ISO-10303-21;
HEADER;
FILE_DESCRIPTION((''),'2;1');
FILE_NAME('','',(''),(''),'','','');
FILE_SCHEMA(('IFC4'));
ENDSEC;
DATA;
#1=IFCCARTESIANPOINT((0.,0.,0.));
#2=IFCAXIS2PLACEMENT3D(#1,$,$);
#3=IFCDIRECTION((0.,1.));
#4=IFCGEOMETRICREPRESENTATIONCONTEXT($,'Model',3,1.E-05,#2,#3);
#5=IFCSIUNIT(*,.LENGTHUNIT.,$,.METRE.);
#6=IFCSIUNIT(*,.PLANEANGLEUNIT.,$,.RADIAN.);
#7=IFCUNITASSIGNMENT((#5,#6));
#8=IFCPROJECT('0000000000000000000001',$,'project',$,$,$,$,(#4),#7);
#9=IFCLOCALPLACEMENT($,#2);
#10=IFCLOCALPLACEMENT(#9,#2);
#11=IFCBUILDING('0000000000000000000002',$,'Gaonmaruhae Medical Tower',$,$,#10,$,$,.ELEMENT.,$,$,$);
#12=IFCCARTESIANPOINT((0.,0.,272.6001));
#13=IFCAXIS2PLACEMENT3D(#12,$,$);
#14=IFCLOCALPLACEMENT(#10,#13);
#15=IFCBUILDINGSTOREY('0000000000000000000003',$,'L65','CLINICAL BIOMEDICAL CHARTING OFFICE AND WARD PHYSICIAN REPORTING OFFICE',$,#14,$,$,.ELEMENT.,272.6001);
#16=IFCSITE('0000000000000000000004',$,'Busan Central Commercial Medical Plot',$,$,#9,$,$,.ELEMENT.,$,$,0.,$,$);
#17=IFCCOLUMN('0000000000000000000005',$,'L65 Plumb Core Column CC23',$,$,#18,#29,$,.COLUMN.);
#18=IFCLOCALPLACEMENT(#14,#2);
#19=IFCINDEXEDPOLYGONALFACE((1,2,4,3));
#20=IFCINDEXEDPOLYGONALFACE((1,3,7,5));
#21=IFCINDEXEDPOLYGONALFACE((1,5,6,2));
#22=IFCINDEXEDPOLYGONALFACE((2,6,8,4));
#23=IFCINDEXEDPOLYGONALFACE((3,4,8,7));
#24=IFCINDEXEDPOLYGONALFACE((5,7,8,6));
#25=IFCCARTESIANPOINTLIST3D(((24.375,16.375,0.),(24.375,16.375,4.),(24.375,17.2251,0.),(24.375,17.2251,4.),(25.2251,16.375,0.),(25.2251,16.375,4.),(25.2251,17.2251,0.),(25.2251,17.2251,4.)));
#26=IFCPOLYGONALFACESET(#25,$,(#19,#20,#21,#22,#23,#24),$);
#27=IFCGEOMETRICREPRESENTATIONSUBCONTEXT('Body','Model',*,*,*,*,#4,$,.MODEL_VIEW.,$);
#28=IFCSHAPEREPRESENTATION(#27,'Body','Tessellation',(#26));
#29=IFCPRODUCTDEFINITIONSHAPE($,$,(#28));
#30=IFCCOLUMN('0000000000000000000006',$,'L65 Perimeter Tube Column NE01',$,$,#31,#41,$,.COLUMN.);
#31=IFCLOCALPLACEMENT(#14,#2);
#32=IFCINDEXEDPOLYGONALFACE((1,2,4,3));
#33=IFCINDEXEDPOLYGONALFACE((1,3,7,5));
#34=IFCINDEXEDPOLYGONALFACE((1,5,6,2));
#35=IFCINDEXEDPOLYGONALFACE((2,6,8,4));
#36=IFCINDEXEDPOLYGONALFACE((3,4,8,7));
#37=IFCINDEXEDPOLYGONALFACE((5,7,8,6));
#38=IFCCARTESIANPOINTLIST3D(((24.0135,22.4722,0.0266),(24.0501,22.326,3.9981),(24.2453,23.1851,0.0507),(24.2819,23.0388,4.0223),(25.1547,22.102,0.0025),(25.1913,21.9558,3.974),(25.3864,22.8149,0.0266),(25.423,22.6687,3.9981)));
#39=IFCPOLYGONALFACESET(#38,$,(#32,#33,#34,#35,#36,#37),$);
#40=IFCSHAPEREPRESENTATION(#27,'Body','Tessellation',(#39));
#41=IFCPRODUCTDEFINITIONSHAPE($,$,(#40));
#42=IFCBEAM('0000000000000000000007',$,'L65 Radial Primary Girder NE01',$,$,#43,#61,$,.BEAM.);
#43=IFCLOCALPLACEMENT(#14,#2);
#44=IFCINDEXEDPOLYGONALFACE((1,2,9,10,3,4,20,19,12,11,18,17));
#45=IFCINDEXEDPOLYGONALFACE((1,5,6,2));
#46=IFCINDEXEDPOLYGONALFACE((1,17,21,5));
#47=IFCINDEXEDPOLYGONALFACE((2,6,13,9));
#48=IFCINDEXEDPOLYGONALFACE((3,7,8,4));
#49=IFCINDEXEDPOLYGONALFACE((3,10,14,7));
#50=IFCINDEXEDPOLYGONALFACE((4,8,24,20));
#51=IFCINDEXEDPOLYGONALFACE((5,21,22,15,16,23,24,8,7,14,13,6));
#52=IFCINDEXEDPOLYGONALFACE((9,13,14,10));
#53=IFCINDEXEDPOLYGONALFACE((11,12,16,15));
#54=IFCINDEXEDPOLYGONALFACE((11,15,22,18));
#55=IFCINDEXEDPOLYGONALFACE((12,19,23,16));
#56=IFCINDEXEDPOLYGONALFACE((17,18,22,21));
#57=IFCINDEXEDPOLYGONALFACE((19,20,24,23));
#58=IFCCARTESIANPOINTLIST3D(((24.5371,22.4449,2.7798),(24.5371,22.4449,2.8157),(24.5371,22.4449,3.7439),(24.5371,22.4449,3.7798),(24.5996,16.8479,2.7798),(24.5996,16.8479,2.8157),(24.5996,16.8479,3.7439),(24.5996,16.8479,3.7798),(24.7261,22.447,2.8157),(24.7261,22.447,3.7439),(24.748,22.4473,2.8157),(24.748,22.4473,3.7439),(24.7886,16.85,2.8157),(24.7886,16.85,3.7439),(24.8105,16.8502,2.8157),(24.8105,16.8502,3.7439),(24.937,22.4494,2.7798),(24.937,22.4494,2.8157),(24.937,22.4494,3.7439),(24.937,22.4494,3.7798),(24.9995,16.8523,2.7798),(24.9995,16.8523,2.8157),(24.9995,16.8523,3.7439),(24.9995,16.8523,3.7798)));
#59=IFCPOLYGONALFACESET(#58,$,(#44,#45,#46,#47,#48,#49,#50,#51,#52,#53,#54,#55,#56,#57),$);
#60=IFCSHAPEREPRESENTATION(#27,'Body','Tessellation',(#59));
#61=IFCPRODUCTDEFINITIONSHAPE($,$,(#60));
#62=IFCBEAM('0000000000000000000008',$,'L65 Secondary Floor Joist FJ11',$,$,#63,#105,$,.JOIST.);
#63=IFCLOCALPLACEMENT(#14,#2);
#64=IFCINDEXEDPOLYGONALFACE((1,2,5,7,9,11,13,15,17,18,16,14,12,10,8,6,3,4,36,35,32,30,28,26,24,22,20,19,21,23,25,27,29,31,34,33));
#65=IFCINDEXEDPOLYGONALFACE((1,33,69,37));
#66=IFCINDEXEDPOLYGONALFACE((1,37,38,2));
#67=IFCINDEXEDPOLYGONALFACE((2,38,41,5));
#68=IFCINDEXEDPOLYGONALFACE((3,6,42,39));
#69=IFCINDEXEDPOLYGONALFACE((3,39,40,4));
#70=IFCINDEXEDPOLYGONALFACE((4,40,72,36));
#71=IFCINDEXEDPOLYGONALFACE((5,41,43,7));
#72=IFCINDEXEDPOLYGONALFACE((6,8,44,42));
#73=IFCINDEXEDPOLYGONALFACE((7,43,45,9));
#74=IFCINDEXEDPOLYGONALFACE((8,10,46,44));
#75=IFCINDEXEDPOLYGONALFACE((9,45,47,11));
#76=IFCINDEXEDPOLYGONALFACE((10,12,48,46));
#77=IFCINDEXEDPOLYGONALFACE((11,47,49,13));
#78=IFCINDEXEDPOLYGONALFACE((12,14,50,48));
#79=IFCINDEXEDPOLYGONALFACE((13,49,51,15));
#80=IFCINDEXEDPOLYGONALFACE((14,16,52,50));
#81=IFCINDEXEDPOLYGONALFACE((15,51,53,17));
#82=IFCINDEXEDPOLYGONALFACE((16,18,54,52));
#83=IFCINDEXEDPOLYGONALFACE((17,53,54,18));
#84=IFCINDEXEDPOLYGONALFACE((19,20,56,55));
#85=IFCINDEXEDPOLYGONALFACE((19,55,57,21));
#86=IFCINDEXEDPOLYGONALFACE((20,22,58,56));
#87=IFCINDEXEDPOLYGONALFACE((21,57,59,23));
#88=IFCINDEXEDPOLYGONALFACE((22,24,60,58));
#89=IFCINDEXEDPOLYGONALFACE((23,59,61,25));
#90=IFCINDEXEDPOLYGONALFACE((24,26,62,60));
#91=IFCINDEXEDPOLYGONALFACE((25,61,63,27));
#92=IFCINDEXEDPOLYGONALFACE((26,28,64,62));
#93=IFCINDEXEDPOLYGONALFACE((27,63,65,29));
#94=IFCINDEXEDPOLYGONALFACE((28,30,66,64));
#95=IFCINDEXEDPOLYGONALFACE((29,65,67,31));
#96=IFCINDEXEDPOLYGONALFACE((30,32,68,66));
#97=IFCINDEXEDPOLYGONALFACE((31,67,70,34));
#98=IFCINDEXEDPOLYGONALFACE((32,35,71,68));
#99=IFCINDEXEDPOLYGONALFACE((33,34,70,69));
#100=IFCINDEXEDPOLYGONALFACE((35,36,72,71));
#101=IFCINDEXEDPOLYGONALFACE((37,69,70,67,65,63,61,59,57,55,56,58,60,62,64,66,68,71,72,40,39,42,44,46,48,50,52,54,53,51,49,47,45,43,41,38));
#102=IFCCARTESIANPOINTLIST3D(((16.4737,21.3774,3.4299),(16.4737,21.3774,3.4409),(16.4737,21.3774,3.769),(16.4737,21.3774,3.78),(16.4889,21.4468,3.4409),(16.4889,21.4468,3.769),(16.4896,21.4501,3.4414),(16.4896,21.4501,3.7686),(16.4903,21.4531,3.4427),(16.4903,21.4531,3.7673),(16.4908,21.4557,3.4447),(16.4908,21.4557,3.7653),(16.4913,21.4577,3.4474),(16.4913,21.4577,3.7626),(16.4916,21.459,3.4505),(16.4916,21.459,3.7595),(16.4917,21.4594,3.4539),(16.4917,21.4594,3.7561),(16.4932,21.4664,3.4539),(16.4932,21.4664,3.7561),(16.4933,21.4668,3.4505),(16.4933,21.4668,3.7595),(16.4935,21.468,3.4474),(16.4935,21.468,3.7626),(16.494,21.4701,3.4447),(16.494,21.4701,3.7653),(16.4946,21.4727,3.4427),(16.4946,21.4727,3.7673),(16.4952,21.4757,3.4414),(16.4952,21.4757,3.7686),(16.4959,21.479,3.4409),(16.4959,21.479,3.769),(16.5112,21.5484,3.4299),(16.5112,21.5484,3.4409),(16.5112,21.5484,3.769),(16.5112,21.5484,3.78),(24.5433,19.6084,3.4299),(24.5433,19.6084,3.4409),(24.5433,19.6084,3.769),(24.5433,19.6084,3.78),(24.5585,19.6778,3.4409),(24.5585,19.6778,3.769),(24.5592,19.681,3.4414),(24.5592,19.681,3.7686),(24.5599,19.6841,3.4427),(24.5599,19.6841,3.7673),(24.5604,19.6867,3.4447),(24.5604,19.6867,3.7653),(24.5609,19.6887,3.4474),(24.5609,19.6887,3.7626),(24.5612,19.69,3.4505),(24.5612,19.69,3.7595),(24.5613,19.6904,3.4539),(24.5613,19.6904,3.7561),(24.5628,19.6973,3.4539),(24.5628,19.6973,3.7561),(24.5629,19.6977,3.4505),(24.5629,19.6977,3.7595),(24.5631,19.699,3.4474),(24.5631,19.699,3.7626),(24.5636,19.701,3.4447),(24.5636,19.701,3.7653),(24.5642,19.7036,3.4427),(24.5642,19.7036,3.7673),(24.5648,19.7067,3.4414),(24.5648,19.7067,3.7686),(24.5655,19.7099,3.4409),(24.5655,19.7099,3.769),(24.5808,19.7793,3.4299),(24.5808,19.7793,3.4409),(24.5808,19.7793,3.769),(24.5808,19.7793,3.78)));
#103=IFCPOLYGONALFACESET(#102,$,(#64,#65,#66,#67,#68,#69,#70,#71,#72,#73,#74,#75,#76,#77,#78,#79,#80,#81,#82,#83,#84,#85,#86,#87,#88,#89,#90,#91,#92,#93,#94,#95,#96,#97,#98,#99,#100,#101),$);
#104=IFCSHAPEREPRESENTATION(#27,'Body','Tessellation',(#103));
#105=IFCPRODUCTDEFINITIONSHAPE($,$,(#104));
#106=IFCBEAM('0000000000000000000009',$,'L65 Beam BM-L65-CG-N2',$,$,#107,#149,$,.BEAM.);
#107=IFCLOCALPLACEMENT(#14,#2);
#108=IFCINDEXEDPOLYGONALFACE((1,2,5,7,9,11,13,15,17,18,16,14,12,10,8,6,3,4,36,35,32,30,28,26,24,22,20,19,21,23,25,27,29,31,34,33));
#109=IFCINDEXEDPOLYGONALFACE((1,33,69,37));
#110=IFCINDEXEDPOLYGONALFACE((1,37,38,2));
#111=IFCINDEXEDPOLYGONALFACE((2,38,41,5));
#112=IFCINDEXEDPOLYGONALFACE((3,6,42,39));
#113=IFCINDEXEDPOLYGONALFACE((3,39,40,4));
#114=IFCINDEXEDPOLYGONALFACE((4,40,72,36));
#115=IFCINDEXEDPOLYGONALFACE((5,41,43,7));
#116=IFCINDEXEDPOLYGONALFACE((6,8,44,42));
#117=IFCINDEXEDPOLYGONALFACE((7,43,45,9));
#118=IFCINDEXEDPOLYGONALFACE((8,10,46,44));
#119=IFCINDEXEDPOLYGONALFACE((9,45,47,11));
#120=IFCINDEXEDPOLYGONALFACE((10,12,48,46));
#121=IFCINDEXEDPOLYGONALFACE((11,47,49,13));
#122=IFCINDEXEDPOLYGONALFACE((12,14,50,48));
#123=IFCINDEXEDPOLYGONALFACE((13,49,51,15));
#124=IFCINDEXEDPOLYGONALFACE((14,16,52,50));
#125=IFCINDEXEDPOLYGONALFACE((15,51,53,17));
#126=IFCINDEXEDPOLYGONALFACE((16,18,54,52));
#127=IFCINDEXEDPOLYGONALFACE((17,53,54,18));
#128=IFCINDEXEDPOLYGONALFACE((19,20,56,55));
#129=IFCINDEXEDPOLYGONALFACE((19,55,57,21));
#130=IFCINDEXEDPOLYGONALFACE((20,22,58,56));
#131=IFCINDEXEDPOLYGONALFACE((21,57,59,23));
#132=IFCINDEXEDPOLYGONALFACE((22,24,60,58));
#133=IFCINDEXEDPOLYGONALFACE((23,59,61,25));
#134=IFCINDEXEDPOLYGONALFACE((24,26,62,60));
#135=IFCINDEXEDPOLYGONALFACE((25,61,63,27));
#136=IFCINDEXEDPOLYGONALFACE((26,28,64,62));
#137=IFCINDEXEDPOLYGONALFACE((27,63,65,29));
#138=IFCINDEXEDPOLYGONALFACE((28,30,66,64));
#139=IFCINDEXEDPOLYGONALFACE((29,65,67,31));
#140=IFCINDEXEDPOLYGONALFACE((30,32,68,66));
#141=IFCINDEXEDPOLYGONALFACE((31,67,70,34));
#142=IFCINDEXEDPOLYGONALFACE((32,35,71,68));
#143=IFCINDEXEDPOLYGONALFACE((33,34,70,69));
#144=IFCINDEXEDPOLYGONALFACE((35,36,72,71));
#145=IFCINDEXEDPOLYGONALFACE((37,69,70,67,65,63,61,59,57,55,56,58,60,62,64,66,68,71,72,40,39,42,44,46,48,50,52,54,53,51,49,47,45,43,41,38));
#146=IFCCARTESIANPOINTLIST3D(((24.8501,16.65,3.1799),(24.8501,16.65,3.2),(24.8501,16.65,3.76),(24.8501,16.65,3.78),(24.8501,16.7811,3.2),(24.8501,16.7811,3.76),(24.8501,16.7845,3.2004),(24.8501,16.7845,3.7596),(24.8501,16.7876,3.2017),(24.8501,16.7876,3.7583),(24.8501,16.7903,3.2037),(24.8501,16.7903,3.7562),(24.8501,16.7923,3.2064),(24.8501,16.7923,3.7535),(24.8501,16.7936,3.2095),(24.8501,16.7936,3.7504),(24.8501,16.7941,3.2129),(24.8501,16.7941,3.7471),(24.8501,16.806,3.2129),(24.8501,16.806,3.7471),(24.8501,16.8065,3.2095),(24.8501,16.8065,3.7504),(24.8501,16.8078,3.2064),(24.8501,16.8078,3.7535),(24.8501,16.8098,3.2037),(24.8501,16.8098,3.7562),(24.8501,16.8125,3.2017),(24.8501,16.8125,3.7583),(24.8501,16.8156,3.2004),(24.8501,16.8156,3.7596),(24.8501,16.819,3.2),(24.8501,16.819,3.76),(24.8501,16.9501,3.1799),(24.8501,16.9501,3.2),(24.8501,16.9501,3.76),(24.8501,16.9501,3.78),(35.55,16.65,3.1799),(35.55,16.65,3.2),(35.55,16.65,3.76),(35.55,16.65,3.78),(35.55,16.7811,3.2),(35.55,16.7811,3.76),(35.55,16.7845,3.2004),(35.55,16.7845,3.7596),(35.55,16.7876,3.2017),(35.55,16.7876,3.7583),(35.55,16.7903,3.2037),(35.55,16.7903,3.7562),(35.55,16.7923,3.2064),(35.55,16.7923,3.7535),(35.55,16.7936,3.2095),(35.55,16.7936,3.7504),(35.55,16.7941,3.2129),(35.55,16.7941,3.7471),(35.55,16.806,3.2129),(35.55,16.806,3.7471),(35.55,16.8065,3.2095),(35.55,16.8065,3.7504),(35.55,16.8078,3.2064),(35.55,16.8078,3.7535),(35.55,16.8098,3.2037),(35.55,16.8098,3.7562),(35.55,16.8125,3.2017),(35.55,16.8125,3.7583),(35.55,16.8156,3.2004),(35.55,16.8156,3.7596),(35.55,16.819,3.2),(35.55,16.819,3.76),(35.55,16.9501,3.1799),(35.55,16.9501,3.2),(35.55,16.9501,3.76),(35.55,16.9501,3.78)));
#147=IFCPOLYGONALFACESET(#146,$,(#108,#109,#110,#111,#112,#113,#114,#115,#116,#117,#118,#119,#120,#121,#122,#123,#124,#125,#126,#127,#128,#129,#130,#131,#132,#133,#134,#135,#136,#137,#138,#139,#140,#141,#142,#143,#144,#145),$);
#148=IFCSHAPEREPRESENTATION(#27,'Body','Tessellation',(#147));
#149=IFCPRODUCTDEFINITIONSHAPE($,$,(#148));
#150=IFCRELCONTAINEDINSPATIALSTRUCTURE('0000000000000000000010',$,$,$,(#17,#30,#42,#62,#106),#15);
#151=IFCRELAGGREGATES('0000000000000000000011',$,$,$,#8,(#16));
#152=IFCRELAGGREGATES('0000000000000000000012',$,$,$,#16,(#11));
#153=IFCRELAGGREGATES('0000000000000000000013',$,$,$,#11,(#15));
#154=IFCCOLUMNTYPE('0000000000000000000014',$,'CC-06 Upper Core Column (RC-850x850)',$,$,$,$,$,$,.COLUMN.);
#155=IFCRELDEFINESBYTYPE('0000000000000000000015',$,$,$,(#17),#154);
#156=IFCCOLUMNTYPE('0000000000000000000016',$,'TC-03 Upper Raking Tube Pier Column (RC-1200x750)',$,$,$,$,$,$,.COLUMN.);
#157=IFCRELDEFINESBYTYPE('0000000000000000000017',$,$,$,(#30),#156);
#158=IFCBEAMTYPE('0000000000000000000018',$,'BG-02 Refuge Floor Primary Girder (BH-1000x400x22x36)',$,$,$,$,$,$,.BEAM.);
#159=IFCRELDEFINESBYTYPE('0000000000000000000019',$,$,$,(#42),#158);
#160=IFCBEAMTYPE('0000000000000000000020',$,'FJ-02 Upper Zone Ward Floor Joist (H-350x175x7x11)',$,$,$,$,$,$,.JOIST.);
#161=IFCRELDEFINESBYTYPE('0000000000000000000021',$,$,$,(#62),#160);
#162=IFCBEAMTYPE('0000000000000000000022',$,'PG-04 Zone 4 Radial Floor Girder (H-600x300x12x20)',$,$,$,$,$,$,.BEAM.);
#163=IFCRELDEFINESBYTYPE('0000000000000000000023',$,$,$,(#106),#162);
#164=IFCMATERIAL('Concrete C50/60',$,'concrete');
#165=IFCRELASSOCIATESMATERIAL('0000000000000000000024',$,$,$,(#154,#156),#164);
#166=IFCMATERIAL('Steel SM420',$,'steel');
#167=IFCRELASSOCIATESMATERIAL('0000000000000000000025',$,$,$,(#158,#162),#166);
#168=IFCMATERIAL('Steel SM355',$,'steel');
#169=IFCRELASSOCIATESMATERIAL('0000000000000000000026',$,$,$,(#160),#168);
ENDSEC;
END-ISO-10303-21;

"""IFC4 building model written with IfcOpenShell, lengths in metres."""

from ifc_helpers import new_model, si_unit, direction, frame, origin, origin_2d, place, context, subcontext, project, spatial, rectangle, i_section, extrude, material, material_profile, profile_set, type_object, element, save


model = new_model("IFC4")

# Units and contexts
model_context = context("Model", 3, precision=1e-05, world=origin(), true_north=direction((0.0, 1.0)))
body_context = subcontext(model_context, "Body", "Model", "MODEL_VIEW")
ifc_project = project(units=[si_unit("LENGTHUNIT", "METRE"), si_unit("PLANEANGLEUNIT", "RADIAN")], contexts=[model_context])

# Site, building, storey
site_placement = place(None, origin())
site = spatial("IfcSite", under=ifc_project, at=site_placement, Name="Busan Central Commercial Medical Plot", CompositionType="ELEMENT", RefElevation=0.0)
building_placement = place(site_placement, origin())
building = spatial("IfcBuilding", under=site, at=building_placement, Name="Gaonmaruhae Medical Tower", CompositionType="ELEMENT")
storey_placement = place(building_placement, frame((0.0, 0.0, 272.6001)))
storey = spatial("IfcBuildingStorey", under=building, at=storey_placement, Name="L65", Description="CLINICAL BIOMEDICAL CHARTING OFFICE AND WARD PHYSICIAN REPORTING OFFICE", CompositionType="ELEMENT", Elevation=272.6001)

# Columns
ifc_material_1 = material(Name="Concrete C50/60", Category="concrete")
ifc_material_profile_1 = material_profile(ifc_material_1, rectangle(XDim=0.8501, YDim=0.8501, at=origin_2d()), Name="RC-850x850")
ifc_profile_set_1 = profile_set([ifc_material_profile_1], Name="Concrete C50/60")
column_type_1 = type_object("IfcColumnType", Name="CC-06 Upper Core Column (RC-850x850)", PredefinedType="COLUMN", material=ifc_profile_set_1)
column_1_placement = place(storey_placement, frame((24.8, 16.8, 0.0), z_axis=(0.0, 0.0, 1.0), x_axis=(1.0, 0.0, 0.0)))
element("IfcColumn", 1, at=column_1_placement, inside=storey, type_object=column_type_1, Name="L65 Plumb Core Column CC23", PredefinedType="COLUMN", context=body_context, shape_type="SweptSolid", body=[
    extrude(rectangle(XDim=0.8501, YDim=0.8501, at=origin_2d()), origin(), (0.0, 0.0, 1.0), 4.0),
])
ifc_material_profile_2 = material_profile(ifc_material_1, rectangle(XDim=1.2, YDim=0.75, at=origin_2d()), Name="RC-1200x750")
ifc_profile_set_2 = profile_set([ifc_material_profile_2], Name="Concrete C50/60")
column_type_2 = type_object("IfcColumnType", Name="TC-03 Upper Raking Tube Pier Column (RC-1200x750)", PredefinedType="COLUMN", material=ifc_profile_set_2)
column_2_placement = place(storey_placement, frame((24.7, 22.6436, 0.0266), z_axis=(0.009214, -0.036797, 0.99928), x_axis=(-0.951011, 0.308501, 0.020129)))
element("IfcColumn", 2, at=column_2_placement, inside=storey, type_object=column_type_2, Name="L65 Perimeter Tube Column NE01", PredefinedType="COLUMN", context=body_context, shape_type="SweptSolid", body=[
    extrude(rectangle(XDim=1.2, YDim=0.75, at=origin_2d()), origin(), (0.0, 0.0, 1.0), 3.9744),
])

# Beams
ifc_material_2 = material(Name="Steel SM420", Category="steel")
ifc_material_profile_3 = material_profile(ifc_material_2, i_section(OverallWidth=0.3999, OverallDepth=1.0, WebThickness=0.022, FlangeThickness=0.0359, at=origin_2d()), Name="BH-1000x400x22x36")
ifc_profile_set_3 = profile_set([ifc_material_profile_3], Name="Steel SM420")
beam_type_1 = type_object("IfcBeamType", Name="BG-02 Refuge Floor Primary Girder (BH-1000x400x22x36)", PredefinedType="BEAM", material=ifc_profile_set_3)
beam_1_placement = place(storey_placement, frame((24.7996, 16.8501, 3.2798), z_axis=(-0.011166, 0.999938, 0.0), x_axis=(-0.999938, -0.011166, 0.0)))
element("IfcBeam", 3, at=beam_1_placement, inside=storey, type_object=beam_type_1, Name="L65 Radial Primary Girder NE01", PredefinedType="BEAM", context=body_context, shape_type="SweptSolid", body=[
    extrude(i_section(OverallWidth=0.3999, OverallDepth=1.0, WebThickness=0.022, FlangeThickness=0.0359, at=origin_2d()), origin(), (0.0, 0.0, 1.0), 5.5974),
])
ifc_material_3 = material(Name="Steel SM355", Category="steel")
ifc_material_profile_4 = material_profile(ifc_material_3, i_section(OverallWidth=0.175, OverallDepth=0.3501, WebThickness=0.0071, FlangeThickness=0.011, FilletRadius=0.0129, at=origin_2d()), Name="H-350x175x7x11")
ifc_profile_set_4 = profile_set([ifc_material_profile_4], Name="Steel SM355")
beam_type_2 = type_object("IfcBeamType", Name="FJ-02 Upper Zone Ward Floor Joist (H-350x175x7x11)", PredefinedType="JOIST", material=ifc_profile_set_4)
beam_2_placement = place(storey_placement, frame((24.562, 19.6938, 3.605), z_axis=(-0.976803, 0.214138, 0.0), x_axis=(-0.214138, -0.976803, 0.0)))
element("IfcBeam", 4, at=beam_2_placement, inside=storey, type_object=beam_type_2, Name="L65 Secondary Floor Joist FJ11", PredefinedType="JOIST", context=body_context, shape_type="SweptSolid", body=[
    extrude(i_section(OverallWidth=0.175, OverallDepth=0.3501, WebThickness=0.0071, FlangeThickness=0.011, FilletRadius=0.0129, at=origin_2d()), origin(), (0.0, 0.0, 1.0), 8.2612),
])
ifc_material_profile_5 = material_profile(ifc_material_2, i_section(OverallWidth=0.3, OverallDepth=0.6001, WebThickness=0.012, FlangeThickness=0.02, FilletRadius=0.0129, at=origin_2d()), Name="H-600x300x12x20")
ifc_profile_set_5 = profile_set([ifc_material_profile_5], Name="Steel SM420")
beam_type_3 = type_object("IfcBeamType", Name="PG-04 Zone 4 Radial Floor Girder (H-600x300x12x20)", PredefinedType="BEAM", material=ifc_profile_set_5)
beam_3_placement = place(storey_placement, frame((24.8501, 16.8, 3.48), z_axis=(1.0, 0.0, 0.0), x_axis=(0.0, 1.0, 0.0)))
element("IfcBeam", 5, at=beam_3_placement, inside=storey, type_object=beam_type_3, Name="L65 Beam BM-L65-CG-N2", PredefinedType="BEAM", context=body_context, shape_type="SweptSolid", body=[
    extrude(i_section(OverallWidth=0.3, OverallDepth=0.6001, WebThickness=0.012, FlangeThickness=0.02, FilletRadius=0.0129, at=origin_2d()), origin(), (0.0, 0.0, 1.0), 10.7),
])

save(model, "model.ifc")
